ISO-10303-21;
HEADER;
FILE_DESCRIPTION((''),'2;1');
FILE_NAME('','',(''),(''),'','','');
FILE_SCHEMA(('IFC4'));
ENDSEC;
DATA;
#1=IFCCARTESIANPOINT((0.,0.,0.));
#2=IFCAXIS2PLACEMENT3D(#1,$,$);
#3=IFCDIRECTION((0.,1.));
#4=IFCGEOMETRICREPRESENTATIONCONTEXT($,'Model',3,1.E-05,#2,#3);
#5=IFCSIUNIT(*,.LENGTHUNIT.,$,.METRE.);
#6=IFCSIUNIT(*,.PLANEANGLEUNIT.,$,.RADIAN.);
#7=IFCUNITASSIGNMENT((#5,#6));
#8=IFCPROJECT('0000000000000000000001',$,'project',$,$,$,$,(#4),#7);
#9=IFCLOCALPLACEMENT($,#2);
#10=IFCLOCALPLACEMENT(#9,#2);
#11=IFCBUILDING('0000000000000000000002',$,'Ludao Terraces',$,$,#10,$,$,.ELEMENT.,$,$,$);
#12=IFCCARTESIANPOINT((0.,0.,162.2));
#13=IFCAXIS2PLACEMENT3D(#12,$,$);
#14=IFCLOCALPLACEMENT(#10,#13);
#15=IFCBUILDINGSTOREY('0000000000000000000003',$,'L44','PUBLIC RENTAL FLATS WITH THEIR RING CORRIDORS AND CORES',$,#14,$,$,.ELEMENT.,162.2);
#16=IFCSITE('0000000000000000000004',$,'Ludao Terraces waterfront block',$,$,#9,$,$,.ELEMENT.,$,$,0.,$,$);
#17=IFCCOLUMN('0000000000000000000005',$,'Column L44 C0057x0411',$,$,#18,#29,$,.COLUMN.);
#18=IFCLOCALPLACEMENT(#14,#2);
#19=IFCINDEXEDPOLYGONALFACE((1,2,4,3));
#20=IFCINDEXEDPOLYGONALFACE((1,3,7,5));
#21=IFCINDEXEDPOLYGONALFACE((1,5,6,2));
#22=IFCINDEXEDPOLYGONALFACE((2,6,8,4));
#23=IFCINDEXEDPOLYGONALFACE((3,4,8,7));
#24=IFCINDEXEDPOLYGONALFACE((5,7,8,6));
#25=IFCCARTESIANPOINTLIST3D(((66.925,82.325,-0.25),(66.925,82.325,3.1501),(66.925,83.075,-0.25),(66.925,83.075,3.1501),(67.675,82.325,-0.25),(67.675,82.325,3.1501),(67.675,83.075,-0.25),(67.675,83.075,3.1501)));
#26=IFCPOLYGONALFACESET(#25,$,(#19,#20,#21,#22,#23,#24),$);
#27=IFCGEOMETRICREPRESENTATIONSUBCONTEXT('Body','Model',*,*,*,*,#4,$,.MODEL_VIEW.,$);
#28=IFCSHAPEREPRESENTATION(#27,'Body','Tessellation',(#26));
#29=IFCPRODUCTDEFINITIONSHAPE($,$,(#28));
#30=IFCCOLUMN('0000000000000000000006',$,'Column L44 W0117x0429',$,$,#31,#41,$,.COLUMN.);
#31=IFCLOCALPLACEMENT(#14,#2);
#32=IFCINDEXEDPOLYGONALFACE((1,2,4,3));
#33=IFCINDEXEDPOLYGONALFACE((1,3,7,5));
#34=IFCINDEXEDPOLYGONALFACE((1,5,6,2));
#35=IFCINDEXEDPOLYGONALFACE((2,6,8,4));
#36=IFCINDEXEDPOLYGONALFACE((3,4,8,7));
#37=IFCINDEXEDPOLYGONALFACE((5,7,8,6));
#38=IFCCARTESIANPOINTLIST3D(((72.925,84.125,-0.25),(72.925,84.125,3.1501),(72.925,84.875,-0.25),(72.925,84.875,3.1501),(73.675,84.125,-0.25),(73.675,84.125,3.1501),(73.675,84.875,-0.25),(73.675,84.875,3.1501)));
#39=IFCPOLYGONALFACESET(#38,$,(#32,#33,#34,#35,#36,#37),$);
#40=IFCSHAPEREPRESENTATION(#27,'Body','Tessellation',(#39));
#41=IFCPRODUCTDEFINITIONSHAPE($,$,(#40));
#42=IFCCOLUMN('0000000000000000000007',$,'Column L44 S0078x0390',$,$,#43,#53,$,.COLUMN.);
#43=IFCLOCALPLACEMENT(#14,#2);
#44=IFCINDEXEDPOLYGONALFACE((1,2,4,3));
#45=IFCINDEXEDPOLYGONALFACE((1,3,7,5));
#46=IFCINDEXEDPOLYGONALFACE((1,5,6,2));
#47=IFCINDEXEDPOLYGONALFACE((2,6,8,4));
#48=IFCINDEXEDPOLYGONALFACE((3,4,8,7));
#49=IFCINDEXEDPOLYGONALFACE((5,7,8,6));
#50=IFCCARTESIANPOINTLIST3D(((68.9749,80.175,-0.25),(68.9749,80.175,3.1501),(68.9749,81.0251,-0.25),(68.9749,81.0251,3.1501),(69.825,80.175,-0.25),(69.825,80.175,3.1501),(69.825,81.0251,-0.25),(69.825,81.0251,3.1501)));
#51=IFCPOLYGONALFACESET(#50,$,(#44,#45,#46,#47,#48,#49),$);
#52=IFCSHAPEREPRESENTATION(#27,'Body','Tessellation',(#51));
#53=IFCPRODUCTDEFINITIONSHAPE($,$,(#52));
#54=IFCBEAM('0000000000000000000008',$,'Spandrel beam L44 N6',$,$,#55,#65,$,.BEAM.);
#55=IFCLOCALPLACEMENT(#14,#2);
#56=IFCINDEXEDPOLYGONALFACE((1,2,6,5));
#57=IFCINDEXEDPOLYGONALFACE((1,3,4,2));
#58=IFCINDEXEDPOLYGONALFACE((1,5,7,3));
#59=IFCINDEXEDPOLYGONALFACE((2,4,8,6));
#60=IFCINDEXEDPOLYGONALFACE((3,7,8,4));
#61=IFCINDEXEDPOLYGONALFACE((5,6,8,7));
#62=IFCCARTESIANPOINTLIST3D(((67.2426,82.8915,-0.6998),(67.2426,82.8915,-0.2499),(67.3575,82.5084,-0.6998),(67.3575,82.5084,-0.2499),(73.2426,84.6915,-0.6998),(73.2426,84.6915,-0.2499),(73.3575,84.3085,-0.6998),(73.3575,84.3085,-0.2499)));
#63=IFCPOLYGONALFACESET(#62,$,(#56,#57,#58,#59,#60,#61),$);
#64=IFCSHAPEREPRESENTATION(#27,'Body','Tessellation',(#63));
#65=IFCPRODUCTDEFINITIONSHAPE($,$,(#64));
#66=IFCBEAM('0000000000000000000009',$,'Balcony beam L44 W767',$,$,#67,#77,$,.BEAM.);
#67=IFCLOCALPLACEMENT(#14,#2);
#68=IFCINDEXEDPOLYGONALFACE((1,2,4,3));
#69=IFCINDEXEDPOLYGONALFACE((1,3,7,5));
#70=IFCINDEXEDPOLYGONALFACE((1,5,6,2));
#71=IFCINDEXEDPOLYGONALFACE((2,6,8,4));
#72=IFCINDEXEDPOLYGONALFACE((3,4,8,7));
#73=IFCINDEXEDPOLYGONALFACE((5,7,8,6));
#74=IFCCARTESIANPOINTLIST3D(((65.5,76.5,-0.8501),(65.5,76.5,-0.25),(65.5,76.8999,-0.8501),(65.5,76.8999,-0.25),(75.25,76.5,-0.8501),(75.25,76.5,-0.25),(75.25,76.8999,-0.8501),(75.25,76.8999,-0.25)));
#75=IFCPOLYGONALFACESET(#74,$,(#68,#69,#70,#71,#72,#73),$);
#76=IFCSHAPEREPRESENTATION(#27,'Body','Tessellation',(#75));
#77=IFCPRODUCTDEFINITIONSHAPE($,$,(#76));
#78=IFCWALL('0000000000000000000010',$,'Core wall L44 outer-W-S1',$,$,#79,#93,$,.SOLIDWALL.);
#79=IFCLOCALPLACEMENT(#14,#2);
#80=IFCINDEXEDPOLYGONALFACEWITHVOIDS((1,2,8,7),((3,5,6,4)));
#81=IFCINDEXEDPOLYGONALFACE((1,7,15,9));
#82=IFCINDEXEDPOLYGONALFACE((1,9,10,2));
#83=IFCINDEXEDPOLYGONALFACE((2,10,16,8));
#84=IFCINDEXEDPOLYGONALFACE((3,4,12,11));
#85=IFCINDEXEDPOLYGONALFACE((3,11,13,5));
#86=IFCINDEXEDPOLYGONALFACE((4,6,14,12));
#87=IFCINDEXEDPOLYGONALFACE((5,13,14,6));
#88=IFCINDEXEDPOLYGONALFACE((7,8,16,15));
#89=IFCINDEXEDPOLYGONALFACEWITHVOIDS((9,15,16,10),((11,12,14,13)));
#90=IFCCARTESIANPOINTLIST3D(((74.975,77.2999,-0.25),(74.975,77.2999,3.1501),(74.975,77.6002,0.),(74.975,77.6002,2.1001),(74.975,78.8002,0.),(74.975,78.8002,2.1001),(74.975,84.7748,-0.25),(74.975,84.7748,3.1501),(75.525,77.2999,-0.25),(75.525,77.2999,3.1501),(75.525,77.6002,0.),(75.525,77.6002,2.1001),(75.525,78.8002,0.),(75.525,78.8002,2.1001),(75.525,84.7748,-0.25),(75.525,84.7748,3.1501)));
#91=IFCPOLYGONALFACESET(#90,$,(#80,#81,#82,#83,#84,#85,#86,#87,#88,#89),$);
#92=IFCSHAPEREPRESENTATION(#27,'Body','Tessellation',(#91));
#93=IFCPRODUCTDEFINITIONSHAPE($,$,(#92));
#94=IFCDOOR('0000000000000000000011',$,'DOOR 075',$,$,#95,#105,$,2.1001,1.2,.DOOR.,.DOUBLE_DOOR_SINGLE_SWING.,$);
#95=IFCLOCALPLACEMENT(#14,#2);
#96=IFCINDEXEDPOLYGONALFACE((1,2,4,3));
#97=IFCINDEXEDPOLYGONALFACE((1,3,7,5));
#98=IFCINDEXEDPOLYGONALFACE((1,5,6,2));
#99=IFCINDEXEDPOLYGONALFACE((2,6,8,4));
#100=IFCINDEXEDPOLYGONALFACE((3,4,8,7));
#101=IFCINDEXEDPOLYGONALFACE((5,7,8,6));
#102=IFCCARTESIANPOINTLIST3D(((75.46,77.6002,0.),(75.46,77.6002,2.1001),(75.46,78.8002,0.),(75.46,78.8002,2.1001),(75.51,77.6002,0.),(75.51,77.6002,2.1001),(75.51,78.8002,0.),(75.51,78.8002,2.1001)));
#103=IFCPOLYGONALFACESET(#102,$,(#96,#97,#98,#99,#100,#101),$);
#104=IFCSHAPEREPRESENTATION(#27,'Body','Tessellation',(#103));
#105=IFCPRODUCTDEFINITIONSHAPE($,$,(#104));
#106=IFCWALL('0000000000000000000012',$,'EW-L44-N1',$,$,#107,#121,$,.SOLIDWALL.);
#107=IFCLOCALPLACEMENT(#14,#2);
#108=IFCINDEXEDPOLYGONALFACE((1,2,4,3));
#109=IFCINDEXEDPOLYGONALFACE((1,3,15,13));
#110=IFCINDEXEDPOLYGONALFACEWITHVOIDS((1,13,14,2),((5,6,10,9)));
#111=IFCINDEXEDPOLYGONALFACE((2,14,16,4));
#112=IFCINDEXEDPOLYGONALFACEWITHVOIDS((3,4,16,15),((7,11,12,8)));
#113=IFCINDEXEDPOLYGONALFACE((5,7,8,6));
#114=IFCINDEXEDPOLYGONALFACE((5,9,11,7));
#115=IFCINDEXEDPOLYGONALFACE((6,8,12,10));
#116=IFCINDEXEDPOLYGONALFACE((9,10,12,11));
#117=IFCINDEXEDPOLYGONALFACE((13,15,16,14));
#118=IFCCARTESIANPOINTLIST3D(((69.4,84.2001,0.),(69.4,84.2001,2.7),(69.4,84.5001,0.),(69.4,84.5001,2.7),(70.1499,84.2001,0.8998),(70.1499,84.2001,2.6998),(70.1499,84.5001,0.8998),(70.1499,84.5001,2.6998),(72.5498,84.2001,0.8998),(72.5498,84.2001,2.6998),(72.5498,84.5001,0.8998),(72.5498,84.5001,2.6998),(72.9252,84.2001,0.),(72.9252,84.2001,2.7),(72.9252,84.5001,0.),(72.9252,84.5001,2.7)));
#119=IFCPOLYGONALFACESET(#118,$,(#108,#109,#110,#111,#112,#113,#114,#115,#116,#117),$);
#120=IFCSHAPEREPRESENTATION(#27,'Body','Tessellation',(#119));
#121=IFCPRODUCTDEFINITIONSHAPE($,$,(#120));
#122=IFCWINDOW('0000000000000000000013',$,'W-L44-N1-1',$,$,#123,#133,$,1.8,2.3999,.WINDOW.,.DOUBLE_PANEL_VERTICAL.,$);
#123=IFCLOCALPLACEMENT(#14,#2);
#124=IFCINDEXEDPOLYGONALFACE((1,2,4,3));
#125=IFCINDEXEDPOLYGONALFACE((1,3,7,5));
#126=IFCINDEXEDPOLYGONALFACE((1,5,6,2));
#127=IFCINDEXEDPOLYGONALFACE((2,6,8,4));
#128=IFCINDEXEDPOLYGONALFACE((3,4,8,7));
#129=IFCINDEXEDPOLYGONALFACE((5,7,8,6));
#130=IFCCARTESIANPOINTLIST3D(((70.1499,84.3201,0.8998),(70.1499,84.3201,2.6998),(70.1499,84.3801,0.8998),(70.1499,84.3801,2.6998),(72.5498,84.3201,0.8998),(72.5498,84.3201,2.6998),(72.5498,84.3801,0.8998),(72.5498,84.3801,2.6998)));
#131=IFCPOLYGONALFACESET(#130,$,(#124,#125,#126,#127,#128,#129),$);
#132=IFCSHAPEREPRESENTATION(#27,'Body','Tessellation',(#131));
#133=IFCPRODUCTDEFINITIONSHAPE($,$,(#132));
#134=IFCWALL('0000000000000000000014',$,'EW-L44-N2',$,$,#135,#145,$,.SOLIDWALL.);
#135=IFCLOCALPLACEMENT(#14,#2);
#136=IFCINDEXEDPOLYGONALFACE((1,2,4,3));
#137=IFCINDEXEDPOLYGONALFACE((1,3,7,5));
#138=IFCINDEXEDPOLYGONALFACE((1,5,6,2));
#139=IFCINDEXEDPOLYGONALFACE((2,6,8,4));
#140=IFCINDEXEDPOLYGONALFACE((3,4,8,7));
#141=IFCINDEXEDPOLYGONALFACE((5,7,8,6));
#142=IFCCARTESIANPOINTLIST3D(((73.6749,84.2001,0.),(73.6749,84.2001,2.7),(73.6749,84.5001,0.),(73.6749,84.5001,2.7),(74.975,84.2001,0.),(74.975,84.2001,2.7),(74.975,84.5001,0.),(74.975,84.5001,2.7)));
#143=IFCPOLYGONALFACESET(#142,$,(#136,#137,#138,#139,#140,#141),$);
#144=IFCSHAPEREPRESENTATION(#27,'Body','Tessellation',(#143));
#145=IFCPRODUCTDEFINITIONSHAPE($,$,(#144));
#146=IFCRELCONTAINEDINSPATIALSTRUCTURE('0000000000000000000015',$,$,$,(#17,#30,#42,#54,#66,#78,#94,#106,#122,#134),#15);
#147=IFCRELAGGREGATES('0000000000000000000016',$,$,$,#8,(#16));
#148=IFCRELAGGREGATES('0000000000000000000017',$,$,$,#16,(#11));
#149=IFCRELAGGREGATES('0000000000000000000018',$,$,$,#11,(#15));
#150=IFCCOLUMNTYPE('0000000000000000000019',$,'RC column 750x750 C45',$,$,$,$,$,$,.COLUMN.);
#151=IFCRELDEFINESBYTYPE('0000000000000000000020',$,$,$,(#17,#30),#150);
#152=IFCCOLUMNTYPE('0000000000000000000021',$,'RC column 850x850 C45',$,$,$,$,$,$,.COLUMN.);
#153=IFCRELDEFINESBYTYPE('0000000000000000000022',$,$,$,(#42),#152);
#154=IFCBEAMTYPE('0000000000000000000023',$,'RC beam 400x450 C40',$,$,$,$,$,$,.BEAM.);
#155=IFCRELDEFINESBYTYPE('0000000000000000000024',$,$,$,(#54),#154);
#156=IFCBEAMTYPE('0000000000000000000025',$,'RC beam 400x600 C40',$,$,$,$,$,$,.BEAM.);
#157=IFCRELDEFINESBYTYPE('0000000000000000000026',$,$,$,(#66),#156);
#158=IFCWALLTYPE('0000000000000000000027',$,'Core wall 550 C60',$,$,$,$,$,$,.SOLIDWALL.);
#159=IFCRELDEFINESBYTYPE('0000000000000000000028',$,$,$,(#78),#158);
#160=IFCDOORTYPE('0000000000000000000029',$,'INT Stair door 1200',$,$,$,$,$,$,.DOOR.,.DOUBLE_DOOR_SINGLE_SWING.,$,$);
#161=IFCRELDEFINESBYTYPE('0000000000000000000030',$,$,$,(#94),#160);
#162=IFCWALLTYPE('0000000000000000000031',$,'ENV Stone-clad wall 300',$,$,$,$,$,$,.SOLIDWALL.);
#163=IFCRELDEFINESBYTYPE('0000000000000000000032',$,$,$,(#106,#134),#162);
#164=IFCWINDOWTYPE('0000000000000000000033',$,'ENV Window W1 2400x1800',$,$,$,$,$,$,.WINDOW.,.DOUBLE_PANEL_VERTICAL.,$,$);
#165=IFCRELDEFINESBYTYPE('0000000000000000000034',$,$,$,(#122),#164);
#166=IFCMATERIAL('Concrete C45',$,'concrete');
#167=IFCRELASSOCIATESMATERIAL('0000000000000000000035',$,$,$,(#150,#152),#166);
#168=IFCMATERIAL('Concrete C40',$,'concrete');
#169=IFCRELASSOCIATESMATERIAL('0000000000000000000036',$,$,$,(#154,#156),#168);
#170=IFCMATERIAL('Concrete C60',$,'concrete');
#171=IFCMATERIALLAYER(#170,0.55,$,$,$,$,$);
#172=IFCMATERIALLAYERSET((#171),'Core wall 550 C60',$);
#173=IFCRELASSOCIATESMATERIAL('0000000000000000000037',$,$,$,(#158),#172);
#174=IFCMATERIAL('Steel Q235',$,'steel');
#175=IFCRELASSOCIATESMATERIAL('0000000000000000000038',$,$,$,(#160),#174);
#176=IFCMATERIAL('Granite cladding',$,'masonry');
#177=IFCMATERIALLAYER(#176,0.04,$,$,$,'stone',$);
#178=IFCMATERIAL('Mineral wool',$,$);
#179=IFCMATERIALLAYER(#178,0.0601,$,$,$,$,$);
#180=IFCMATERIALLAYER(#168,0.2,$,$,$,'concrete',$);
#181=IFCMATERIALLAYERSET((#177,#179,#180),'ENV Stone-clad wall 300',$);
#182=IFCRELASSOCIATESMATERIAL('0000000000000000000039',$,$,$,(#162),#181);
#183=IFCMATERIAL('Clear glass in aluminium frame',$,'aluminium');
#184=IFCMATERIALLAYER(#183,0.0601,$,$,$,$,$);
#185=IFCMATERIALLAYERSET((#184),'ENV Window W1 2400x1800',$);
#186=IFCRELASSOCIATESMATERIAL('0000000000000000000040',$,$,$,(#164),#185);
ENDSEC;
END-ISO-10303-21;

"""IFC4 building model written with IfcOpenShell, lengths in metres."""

from ifc_helpers import new_model, si_unit, direction, frame, frame_2d, origin, origin_2d, place, context, subcontext, project, spatial, rectangle, extrude, material, layer, layer_set, material_profile, profile_set, type_object, element, fill, save


model = new_model("IFC4")

# Units and contexts
model_context = context("Model", 3, precision=1e-05, world=origin(), true_north=direction((0.0, 1.0)))
body_context = subcontext(model_context, "Body", "Model", "MODEL_VIEW")
ifc_project = project(units=[si_unit("LENGTHUNIT", "METRE"), si_unit("PLANEANGLEUNIT", "RADIAN")], contexts=[model_context])

# Site, building, storey
site_placement = place(None, origin())
site = spatial("IfcSite", under=ifc_project, at=site_placement, Name="Ludao Terraces waterfront block", CompositionType="ELEMENT", RefElevation=0.0)
building_placement = place(site_placement, origin())
building = spatial("IfcBuilding", under=site, at=building_placement, Name="Ludao Terraces", CompositionType="ELEMENT")
storey_placement = place(building_placement, frame((0.0, 0.0, 162.2)))
storey = spatial("IfcBuildingStorey", under=building, at=storey_placement, Name="L44", Description="PUBLIC RENTAL FLATS WITH THEIR RING CORRIDORS AND CORES", CompositionType="ELEMENT", Elevation=162.2)

# Columns
ifc_material_1 = material(Name="Concrete C45", Category="concrete")
ifc_material_profile_1 = material_profile(ifc_material_1, rectangle(XDim=0.75, YDim=0.75, at=origin_2d()), Name="750 X 750")
ifc_profile_set_1 = profile_set([ifc_material_profile_1], Name="Concrete C45")
column_type_1 = type_object("IfcColumnType", Name="RC column 750x750 C45", PredefinedType="COLUMN", material=ifc_profile_set_1)
for number, where, z_axis, x_axis, name in (
    (1, (67.3, 82.7, -0.25), (0.0, 0.0, 1.0), (1.0, 0.0, 0.0), "Column L44 C0057x0411"),
    (2, (73.3, 84.5, -0.25), (0.0, 0.0, 1.0), (1.0, 0.0, 0.0), "Column L44 W0117x0429"),
):
    element("IfcColumn", number, at=place(storey_placement, frame(where, z_axis=z_axis, x_axis=x_axis)), inside=storey, type_object=column_type_1, Name=name, PredefinedType="COLUMN", context=body_context, shape_type="SweptSolid", body=[
        extrude(rectangle(XDim=0.75, YDim=0.75, at=origin_2d()), origin(), (0.0, 0.0, 1.0), 3.4001),
    ])
ifc_material_profile_2 = material_profile(ifc_material_1, rectangle(XDim=0.8501, YDim=0.8501, at=origin_2d()), Name="850 X 850")
ifc_profile_set_2 = profile_set([ifc_material_profile_2], Name="Concrete C45")
column_type_2 = type_object("IfcColumnType", Name="RC column 850x850 C45", PredefinedType="COLUMN", material=ifc_profile_set_2)
column_placement = place(storey_placement, frame((69.3999, 80.6001, -0.25), z_axis=(0.0, 0.0, 1.0), x_axis=(1.0, 0.0, 0.0)))
element("IfcColumn", 3, at=column_placement, inside=storey, type_object=column_type_2, Name="Column L44 S0078x0390", PredefinedType="COLUMN", context=body_context, shape_type="SweptSolid", body=[
    extrude(rectangle(XDim=0.8501, YDim=0.8501, at=origin_2d()), origin(), (0.0, 0.0, 1.0), 3.4001),
])

# Beams
ifc_material_2 = material(Name="Concrete C40", Category="concrete")
ifc_material_profile_3 = material_profile(ifc_material_2, rectangle(XDim=0.3999, YDim=0.45, at=origin_2d()), Name="400 X 450")
ifc_profile_set_3 = profile_set([ifc_material_profile_3], Name="Concrete C40")
beam_type_1 = type_object("IfcBeamType", Name="RC beam 400x450 C40", PredefinedType="BEAM", material=ifc_profile_set_3)
beam_1_placement = place(storey_placement, frame((67.3, 82.7, -0.4749), z_axis=(0.957824, 0.287355, 0.0), x_axis=(-0.287355, 0.957824, 0.0)))
element("IfcBeam", 4, at=beam_1_placement, inside=storey, type_object=beam_type_1, Name="Spandrel beam L44 N6", PredefinedType="BEAM", context=body_context, shape_type="SweptSolid", body=[
    extrude(rectangle(XDim=0.3999, YDim=0.45, at=origin_2d()), origin(), (0.0, 0.0, 1.0), 6.2642),
])
ifc_material_profile_4 = material_profile(ifc_material_2, rectangle(XDim=0.3999, YDim=0.6001, at=origin_2d()), Name="400 X 600")
ifc_profile_set_4 = profile_set([ifc_material_profile_4], Name="Concrete C40")
beam_type_2 = type_object("IfcBeamType", Name="RC beam 400x600 C40", PredefinedType="BEAM", material=ifc_profile_set_4)
beam_2_placement = place(storey_placement, frame((75.25, 76.7, -0.55), z_axis=(-1.0, 0.0, 0.0), x_axis=(0.0, -1.0, 0.0)))
element("IfcBeam", 5, at=beam_2_placement, inside=storey, type_object=beam_type_2, Name="Balcony beam L44 W767", PredefinedType="BEAM", context=body_context, shape_type="SweptSolid", body=[
    extrude(rectangle(XDim=0.3999, YDim=0.6001, at=origin_2d()), origin(), (0.0, 0.0, 1.0), 9.75),
])

# Wall, opening, door
ifc_material_3 = material(Name="Concrete C60", Category="concrete")
ifc_layer_1 = layer(ifc_material_3, 0.55)
ifc_layer_set_1 = layer_set([ifc_layer_1], Name="Core wall 550 C60")
wall_type_1 = type_object("IfcWallType", Name="Core wall 550 C60", PredefinedType="SOLIDWALL", material=ifc_layer_set_1)
wall_1_placement = place(storey_placement, frame((75.25, 77.3, -0.25), z_axis=(0.0, 0.0, 1.0), x_axis=(0.0, 1.0, 0.0)))
wall_1 = element("IfcWall", 6, at=wall_1_placement, inside=storey, type_object=wall_type_1, Name="Core wall L44 outer-W-S1", PredefinedType="SOLIDWALL", context=body_context, shape_type="SweptSolid", body=[
    extrude(rectangle(XDim=7.4749, YDim=0.55, at=frame_2d((3.7373, 0.0))), origin(), (0.0, 0.0, 1.0), 3.4001),
])
opening_1_placement = place(wall_1_placement, frame((0.3, 0.0, 0.25)))
opening_1 = element("IfcOpeningElement", 7, at=opening_1_placement, cuts=wall_1, PredefinedType="OPENING", context=body_context, shape_type="SweptSolid", body=[
    extrude(rectangle(XDim=1.2, YDim=2.1001, at=frame_2d((0.6001, 1.05))), frame((0.0, 0.2852, 0.0), z_axis=(0.0, -1.0, 0.0), x_axis=(1.0, 0.0, 0.0)), (0.0, 0.0, 1.0), 0.5701),
])
ifc_material_4 = material(Name="Steel Q235", Category="steel")
door_type_1 = type_object("IfcDoorType", Name="INT Stair door 1200", OperationType="DOUBLE_DOOR_SINGLE_SWING", PredefinedType="DOOR", material=ifc_material_4)
door_1_placement = place(opening_1_placement, origin())
door_1 = element("IfcDoor", 8, at=door_1_placement, inside=storey, type_object=door_type_1, Name="DOOR 075", OperationType="DOUBLE_DOOR_SINGLE_SWING", OverallHeight=2.1001, OverallWidth=1.2, PredefinedType="DOOR", context=body_context, shape_type="SweptSolid", body=[
    extrude(rectangle(XDim=1.2, YDim=2.1001, at=frame_2d((0.6001, 1.05))), frame((0.0, -0.21, 0.0), z_axis=(0.0, -1.0, 0.0), x_axis=(1.0, 0.0, 0.0)), (0.0, 0.0, 1.0), 0.05),
])
fill(opening_1, door_1)

# Wall, opening, window
ifc_material_5 = material(Name="Granite cladding", Category="masonry")
ifc_layer_2 = layer(ifc_material_5, 0.04, Category="stone")
ifc_material_6 = material(Name="Mineral wool")
ifc_layer_3 = layer(ifc_material_6, 0.0601)
ifc_layer_4 = layer(ifc_material_2, 0.2, Category="concrete")
ifc_layer_set_2 = layer_set([ifc_layer_2, ifc_layer_3, ifc_layer_4], Name="ENV Stone-clad wall 300")
wall_type_2 = type_object("IfcWallType", Name="ENV Stone-clad wall 300", PredefinedType="SOLIDWALL", material=ifc_layer_set_2)
wall_2_placement = place(storey_placement, frame((69.3999, 84.3501, 0.0), z_axis=(0.0, 0.0, 1.0), x_axis=(1.0, 0.0, 0.0)))
wall_2 = element("IfcWall", 9, at=wall_2_placement, inside=storey, type_object=wall_type_2, Name="EW-L44-N1", PredefinedType="SOLIDWALL", context=body_context, shape_type="SweptSolid", body=[
    extrude(rectangle(XDim=3.5251, YDim=0.3, at=frame_2d((1.7627, 0.0))), origin(), (0.0, 0.0, 1.0), 2.7),
])
opening_2_placement = place(wall_2_placement, frame((0.75, 0.0, 0.8999)))
opening_2 = element("IfcOpeningElement", 10, at=opening_2_placement, cuts=wall_2, PredefinedType="OPENING", context=body_context, shape_type="SweptSolid", body=[
    extrude(rectangle(XDim=2.3999, YDim=1.8, at=frame_2d((1.2, 0.8999))), frame((0.0, 0.1602, 0.0), z_axis=(0.0, -1.0, 0.0), x_axis=(1.0, 0.0, 0.0)), (0.0, 0.0, 1.0), 0.3201),
])
ifc_material_7 = material(Name="Clear glass in aluminium frame", Category="aluminium")
ifc_layer_5 = layer(ifc_material_7, 0.0601)
ifc_layer_set_3 = layer_set([ifc_layer_5], Name="ENV Window W1 2400x1800")
window_type_1 = type_object("IfcWindowType", Name="ENV Window W1 2400x1800", PartitioningType="DOUBLE_PANEL_VERTICAL", PredefinedType="WINDOW", material=ifc_layer_set_3)
window_1_placement = place(opening_2_placement, origin())
window_1 = element("IfcWindow", 11, at=window_1_placement, inside=storey, type_object=window_type_1, Name="W-L44-N1-1", OverallHeight=1.8, OverallWidth=2.3999, PartitioningType="DOUBLE_PANEL_VERTICAL", PredefinedType="WINDOW", context=body_context, shape_type="SweptSolid", body=[
    extrude(rectangle(XDim=2.3999, YDim=1.8, at=frame_2d((1.2, 0.8999))), frame((0.0, 0.03, 0.0), z_axis=(0.0, -1.0, 0.0), x_axis=(1.0, 0.0, 0.0)), (0.0, 0.0, 1.0), 0.0601),
])
fill(opening_2, window_1)

# Wall
wall_3_placement = place(storey_placement, frame((73.675, 84.3501, 0.0), z_axis=(0.0, 0.0, 1.0), x_axis=(1.0, 0.0, 0.0)))
element("IfcWall", 12, at=wall_3_placement, inside=storey, type_object=wall_type_2, Name="EW-L44-N2", PredefinedType="SOLIDWALL", context=body_context, shape_type="SweptSolid", body=[
    extrude(rectangle(XDim=1.3, YDim=0.3, at=frame_2d((0.6499, 0.0))), origin(), (0.0, 0.0, 1.0), 2.7),
])

save(model, "model.ifc")
